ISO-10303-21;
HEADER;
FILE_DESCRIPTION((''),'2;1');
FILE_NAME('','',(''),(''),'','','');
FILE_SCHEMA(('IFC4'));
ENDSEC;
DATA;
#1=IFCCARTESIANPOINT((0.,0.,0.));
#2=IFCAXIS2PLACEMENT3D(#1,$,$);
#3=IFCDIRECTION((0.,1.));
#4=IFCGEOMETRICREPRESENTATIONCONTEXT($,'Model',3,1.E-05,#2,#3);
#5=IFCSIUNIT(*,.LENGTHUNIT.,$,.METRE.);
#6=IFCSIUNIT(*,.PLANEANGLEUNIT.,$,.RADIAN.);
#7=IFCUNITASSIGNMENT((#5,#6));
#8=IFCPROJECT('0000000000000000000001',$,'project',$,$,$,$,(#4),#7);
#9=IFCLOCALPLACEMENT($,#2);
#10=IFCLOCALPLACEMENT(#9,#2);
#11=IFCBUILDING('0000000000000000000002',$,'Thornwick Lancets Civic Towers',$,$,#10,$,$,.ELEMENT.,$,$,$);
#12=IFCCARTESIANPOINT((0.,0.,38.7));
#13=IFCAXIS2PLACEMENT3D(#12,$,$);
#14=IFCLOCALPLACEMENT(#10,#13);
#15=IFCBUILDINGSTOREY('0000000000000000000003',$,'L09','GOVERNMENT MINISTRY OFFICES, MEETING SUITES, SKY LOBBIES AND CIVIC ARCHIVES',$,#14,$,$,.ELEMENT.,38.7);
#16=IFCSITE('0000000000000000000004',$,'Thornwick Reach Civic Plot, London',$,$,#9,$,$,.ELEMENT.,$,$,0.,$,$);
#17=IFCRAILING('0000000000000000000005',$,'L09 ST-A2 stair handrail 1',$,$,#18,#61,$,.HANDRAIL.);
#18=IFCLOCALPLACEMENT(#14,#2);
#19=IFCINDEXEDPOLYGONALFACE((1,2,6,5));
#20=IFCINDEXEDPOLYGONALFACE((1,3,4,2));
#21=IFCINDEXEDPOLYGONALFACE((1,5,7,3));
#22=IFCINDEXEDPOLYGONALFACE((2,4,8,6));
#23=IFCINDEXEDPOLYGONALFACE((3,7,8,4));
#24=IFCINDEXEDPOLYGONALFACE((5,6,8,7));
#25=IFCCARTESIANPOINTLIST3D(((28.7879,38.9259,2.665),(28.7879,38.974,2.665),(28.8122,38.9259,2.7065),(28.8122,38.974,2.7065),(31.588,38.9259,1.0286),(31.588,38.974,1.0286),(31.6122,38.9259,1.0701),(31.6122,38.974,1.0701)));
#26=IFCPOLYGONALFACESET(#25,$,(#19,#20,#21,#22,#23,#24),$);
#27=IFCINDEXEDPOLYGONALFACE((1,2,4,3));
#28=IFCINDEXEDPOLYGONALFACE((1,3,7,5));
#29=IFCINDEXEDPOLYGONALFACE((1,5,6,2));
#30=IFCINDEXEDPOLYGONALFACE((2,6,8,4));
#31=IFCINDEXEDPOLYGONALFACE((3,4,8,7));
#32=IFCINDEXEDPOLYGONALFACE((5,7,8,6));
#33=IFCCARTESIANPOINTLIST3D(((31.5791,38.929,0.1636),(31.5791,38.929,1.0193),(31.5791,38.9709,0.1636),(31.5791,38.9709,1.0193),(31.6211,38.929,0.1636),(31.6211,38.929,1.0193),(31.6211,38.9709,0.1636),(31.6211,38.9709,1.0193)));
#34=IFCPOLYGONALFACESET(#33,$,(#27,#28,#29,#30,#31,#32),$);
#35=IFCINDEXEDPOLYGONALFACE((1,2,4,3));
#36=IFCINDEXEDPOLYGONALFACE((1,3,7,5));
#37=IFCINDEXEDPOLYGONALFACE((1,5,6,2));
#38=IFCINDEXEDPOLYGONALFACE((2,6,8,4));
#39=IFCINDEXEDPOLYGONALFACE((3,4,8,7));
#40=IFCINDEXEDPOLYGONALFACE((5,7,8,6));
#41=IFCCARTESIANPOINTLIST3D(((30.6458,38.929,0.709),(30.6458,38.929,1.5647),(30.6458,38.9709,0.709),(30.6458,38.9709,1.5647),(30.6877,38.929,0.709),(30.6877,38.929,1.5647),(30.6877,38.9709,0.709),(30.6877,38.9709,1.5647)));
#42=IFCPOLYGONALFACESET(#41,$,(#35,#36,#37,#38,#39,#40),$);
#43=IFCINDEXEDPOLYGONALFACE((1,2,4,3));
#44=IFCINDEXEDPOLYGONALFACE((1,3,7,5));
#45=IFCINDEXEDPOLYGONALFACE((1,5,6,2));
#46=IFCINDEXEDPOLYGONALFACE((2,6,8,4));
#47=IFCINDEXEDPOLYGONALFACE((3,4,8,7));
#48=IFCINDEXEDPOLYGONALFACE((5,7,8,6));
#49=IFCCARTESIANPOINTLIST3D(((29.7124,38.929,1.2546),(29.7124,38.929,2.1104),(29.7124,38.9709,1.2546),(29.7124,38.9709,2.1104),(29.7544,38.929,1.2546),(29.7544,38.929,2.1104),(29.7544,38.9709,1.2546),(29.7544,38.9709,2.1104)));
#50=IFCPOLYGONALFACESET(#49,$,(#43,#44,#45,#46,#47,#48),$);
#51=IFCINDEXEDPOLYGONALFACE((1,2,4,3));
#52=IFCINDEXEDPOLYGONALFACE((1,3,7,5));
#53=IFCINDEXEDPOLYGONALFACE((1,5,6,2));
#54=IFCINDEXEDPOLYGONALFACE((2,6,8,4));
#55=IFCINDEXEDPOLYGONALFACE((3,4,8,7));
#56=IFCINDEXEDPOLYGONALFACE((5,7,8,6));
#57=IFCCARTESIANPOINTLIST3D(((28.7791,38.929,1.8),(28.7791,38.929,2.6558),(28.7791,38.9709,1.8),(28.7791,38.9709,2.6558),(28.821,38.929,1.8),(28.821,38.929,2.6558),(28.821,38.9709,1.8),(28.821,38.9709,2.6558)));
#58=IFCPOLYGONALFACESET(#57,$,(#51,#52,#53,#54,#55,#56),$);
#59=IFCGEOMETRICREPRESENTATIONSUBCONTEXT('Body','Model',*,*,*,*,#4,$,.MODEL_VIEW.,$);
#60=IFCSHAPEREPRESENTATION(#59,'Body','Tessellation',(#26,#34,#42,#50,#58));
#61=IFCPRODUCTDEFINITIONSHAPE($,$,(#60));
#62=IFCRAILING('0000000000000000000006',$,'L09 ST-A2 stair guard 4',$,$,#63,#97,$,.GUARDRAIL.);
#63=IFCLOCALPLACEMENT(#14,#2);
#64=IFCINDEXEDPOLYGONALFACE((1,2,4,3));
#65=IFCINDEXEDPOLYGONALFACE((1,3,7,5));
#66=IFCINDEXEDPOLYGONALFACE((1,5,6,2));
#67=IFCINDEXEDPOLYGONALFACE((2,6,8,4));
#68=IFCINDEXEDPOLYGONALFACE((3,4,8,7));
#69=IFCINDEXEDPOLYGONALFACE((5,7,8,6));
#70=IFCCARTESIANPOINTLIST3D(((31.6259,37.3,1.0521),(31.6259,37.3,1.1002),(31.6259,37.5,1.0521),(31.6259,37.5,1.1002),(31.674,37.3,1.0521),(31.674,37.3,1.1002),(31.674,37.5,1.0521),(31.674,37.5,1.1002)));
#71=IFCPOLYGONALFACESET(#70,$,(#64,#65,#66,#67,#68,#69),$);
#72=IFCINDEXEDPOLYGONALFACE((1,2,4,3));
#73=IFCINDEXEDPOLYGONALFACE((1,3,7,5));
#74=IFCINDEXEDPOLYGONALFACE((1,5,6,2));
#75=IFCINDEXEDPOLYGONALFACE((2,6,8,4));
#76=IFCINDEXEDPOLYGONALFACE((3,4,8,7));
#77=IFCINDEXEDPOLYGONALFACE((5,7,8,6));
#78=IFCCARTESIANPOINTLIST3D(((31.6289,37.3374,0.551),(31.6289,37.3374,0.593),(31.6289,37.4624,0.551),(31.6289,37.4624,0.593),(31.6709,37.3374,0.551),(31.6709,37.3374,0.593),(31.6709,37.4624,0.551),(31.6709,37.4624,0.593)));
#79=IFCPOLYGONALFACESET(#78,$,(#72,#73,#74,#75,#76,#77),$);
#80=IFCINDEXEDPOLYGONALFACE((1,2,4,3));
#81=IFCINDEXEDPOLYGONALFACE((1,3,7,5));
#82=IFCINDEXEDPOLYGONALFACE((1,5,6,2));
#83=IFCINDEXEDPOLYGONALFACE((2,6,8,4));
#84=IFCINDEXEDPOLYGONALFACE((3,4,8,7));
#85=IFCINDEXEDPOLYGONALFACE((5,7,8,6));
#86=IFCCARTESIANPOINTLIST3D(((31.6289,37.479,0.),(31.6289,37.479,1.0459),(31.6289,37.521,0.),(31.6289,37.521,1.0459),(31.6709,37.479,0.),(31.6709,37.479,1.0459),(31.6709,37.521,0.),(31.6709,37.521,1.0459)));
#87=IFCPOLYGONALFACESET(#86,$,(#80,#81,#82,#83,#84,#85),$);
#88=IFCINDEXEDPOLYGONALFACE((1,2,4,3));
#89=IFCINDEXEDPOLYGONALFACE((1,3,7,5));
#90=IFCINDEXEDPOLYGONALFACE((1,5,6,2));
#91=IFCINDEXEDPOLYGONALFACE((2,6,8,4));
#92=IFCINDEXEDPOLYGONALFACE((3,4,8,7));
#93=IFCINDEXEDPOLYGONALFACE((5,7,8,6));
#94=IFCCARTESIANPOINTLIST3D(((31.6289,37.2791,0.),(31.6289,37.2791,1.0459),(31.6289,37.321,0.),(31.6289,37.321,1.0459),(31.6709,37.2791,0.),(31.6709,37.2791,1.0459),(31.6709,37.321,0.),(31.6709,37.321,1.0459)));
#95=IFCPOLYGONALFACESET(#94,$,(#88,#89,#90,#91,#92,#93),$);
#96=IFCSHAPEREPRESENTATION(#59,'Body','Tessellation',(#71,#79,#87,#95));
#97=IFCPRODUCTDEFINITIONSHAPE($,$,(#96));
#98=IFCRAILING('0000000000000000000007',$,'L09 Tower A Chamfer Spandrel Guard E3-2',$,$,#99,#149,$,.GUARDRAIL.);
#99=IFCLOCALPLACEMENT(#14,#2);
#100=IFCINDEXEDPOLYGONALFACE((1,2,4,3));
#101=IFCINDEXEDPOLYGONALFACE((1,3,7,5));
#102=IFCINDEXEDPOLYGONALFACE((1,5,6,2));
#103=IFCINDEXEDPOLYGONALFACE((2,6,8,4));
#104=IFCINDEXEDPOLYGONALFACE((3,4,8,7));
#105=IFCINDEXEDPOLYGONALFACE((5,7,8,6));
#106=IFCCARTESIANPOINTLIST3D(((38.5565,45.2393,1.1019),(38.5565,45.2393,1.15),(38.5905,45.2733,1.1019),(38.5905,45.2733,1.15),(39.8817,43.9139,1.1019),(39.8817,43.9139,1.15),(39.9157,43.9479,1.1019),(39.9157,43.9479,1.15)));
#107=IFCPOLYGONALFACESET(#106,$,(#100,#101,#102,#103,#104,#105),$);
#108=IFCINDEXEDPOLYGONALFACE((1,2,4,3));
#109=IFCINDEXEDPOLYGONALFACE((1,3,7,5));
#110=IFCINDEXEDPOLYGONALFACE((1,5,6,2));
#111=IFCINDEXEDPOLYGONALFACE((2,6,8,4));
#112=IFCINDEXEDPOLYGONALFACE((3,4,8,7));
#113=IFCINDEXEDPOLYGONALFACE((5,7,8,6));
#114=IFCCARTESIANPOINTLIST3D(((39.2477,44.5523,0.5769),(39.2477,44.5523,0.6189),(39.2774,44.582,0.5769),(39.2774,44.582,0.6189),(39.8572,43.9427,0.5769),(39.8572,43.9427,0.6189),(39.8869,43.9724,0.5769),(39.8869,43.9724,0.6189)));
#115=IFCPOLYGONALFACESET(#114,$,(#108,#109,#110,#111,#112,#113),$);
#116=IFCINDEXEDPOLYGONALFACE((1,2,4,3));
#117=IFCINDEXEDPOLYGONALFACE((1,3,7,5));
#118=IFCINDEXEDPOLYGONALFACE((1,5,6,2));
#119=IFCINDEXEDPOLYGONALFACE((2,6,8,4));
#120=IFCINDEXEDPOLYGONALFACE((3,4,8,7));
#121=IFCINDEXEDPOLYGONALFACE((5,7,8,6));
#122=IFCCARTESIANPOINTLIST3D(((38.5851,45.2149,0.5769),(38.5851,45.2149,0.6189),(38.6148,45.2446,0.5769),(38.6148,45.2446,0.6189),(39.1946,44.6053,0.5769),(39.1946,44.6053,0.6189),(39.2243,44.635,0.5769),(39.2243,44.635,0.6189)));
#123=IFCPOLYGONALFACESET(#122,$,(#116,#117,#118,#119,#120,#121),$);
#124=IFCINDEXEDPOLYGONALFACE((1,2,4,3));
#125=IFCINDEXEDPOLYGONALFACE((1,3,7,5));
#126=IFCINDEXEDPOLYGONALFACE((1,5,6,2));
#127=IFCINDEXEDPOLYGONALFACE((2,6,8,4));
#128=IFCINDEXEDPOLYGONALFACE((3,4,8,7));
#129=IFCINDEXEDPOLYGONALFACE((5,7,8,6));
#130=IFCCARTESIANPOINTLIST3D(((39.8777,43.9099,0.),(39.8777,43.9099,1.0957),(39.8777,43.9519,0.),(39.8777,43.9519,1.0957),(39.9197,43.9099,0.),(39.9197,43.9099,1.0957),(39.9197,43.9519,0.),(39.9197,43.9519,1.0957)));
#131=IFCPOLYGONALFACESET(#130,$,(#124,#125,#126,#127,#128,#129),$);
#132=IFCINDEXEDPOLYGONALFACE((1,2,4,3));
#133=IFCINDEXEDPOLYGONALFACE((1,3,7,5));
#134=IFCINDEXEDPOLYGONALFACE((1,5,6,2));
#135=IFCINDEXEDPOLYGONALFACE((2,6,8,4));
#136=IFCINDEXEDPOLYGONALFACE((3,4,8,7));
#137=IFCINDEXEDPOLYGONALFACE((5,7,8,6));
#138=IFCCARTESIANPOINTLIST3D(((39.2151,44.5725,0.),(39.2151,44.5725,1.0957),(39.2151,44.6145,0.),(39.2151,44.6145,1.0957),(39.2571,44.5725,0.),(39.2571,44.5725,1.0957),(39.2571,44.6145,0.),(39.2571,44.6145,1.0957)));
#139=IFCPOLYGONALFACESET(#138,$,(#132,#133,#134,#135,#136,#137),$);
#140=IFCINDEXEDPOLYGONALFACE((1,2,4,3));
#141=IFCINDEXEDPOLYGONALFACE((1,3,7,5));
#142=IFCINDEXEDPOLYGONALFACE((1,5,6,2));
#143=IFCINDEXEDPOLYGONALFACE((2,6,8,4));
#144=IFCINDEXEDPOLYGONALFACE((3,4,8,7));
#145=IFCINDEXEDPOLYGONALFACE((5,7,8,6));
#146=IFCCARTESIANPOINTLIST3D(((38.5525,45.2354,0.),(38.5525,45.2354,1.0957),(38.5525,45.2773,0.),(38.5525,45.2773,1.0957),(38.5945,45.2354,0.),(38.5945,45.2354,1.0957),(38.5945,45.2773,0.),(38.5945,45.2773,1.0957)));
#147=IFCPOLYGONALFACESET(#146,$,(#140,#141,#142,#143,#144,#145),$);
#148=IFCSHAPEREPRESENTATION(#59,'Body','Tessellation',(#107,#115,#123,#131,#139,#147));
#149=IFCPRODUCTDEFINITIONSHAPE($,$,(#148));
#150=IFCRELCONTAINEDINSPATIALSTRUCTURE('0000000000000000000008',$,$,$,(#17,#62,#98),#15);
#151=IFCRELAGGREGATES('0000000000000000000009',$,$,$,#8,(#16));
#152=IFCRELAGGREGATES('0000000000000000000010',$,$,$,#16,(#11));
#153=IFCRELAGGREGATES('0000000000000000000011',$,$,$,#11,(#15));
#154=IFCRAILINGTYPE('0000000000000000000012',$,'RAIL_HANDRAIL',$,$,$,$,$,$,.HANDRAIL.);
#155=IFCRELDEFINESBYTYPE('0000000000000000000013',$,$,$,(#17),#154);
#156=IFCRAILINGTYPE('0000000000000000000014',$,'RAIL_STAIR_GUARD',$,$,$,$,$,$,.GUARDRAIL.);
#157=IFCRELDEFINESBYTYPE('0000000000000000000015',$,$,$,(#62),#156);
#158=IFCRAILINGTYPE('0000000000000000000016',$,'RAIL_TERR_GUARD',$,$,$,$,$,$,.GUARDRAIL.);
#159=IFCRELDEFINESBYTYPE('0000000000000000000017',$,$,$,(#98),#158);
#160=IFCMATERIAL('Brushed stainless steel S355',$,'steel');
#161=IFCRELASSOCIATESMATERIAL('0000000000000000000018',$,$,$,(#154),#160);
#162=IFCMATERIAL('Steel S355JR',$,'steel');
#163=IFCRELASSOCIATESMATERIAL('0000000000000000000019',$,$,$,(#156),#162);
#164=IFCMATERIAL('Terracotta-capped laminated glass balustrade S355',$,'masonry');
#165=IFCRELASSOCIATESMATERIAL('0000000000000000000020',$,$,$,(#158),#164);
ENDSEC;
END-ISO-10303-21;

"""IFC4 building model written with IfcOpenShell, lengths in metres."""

from ifc_helpers import new_model, si_unit, direction, frame, origin, origin_2d, place, context, subcontext, project, spatial, rectangle, extrude, material, type_object, element, save


model = new_model("IFC4")

# Units and contexts
model_context = context("Model", 3, precision=1e-05, world=origin(), true_north=direction((0.0, 1.0)))
body_context = subcontext(model_context, "Body", "Model", "MODEL_VIEW")
ifc_project = project(units=[si_unit("LENGTHUNIT", "METRE"), si_unit("PLANEANGLEUNIT", "RADIAN")], contexts=[model_context])

# Site, building, storey
site_placement = place(None, origin())
site = spatial("IfcSite", under=ifc_project, at=site_placement, Name="Thornwick Reach Civic Plot, London", CompositionType="ELEMENT", RefElevation=0.0)
building_placement = place(site_placement, origin())
building = spatial("IfcBuilding", under=site, at=building_placement, Name="Thornwick Lancets Civic Towers", CompositionType="ELEMENT")
storey_placement = place(building_placement, frame((0.0, 0.0, 38.7)))
storey = spatial("IfcBuildingStorey", under=building, at=storey_placement, Name="L09", Description="GOVERNMENT MINISTRY OFFICES, MEETING SUITES, SKY LOBBIES AND CIVIC ARCHIVES", CompositionType="ELEMENT", Elevation=38.7)

# Shared definitions
ifc_material_1 = material(Name="Steel S355JR", Category="steel")

# Railings
ifc_material_2 = material(Name="Brushed stainless steel S355", Category="steel")
railing_type_1 = type_object("IfcRailingType", Name="RAIL_HANDRAIL", PredefinedType="HANDRAIL", material=ifc_material_2)
railing_1_placement = place(storey_placement, frame((31.6001, 38.95, 0.1636)))
element("IfcRailing", 1, at=railing_1_placement, inside=storey, type_object=railing_type_1, Name="L09 ST-A2 stair handrail 1", PredefinedType="HANDRAIL", context=body_context, shape_type="SweptSolid", body=[
    extrude(rectangle(XDim=0.0481, YDim=0.0481, at=origin_2d()), frame((0.0, 0.0, 0.8857), z_axis=(-0.863361, 0.0, 0.504587), x_axis=(0.0, -1.0, 0.0)), (0.0, 0.0, 1.0), 3.2432),
    extrude(rectangle(XDim=0.042, YDim=0.042, at=origin_2d()), origin(), (0.0, 0.0, 1.0), 0.8557),
    extrude(rectangle(XDim=0.042, YDim=0.042, at=origin_2d()), frame((-0.9333, 0.0, 0.5454)), (0.0, 0.0, 1.0), 0.8557),
    extrude(rectangle(XDim=0.042, YDim=0.042, at=origin_2d()), frame((-1.8667, 0.0, 1.0911)), (0.0, 0.0, 1.0), 0.8557),
    extrude(rectangle(XDim=0.042, YDim=0.042, at=origin_2d()), frame((-2.8, 0.0, 1.6365)), (0.0, 0.0, 1.0), 0.8557),
])
railing_type_2 = type_object("IfcRailingType", Name="RAIL_STAIR_GUARD", PredefinedType="GUARDRAIL", material=ifc_material_1)
railing_2_placement = place(storey_placement, frame((31.6499, 37.5, 0.0)))
element("IfcRailing", 2, at=railing_2_placement, inside=storey, type_object=railing_type_2, Name="L09 ST-A2 stair guard 4", PredefinedType="GUARDRAIL", context=body_context, shape_type="SweptSolid", body=[
    extrude(rectangle(XDim=0.0481, YDim=0.0481, at=origin_2d()), frame((0.0, 0.0, 1.0762), z_axis=(0.0, -1.0, 0.0), x_axis=(1.0, 0.0, 0.0)), (0.0, 0.0, 1.0), 0.2),
    extrude(rectangle(XDim=0.042, YDim=0.042, at=origin_2d()), frame((0.0, -0.0376, 0.572), z_axis=(0.0, -1.0, 0.0), x_axis=(1.0, 0.0, 0.0)), (0.0, 0.0, 1.0), 0.125),
    extrude(rectangle(XDim=0.042, YDim=0.042, at=origin_2d()), origin(), (0.0, 0.0, 1.0), 1.0459),
    extrude(rectangle(XDim=0.042, YDim=0.042, at=origin_2d()), frame((0.0, -0.2, 0.0)), (0.0, 0.0, 1.0), 1.0459),
])
ifc_material_3 = material(Name="Terracotta-capped laminated glass balustrade S355", Category="masonry")
railing_type_3 = type_object("IfcRailingType", Name="RAIL_TERR_GUARD", PredefinedType="GUARDRAIL", material=ifc_material_3)
railing_3_placement = place(storey_placement, frame((39.8987, 43.9309, 0.0)))
element("IfcRailing", 3, at=railing_3_placement, inside=storey, type_object=railing_type_3, Name="L09 Tower A Chamfer Spandrel Guard E3-2", PredefinedType="GUARDRAIL", context=body_context, shape_type="SweptSolid", body=[
    extrude(rectangle(XDim=0.0481, YDim=0.0481, at=origin_2d()), frame((0.0, 0.0, 1.126), z_axis=(-0.707042, 0.707172, 0.0), x_axis=(-0.707172, -0.707042, 0.0)), (0.0, 0.0, 1.0), 1.8743),
    extrude(rectangle(XDim=0.042, YDim=0.042, at=origin_2d()), frame((-0.0266, 0.0266, 0.5979), z_axis=(-0.707042, 0.707172, 0.0), x_axis=(-0.707172, -0.707042, 0.0)), (0.0, 0.0, 1.0), 0.8621),
    extrude(rectangle(XDim=0.042, YDim=0.042, at=origin_2d()), frame((-0.6892, 0.6892, 0.5979), z_axis=(-0.707042, 0.707172, 0.0), x_axis=(-0.707172, -0.707042, 0.0)), (0.0, 0.0, 1.0), 0.8621),
    extrude(rectangle(XDim=0.042, YDim=0.042, at=origin_2d()), origin(), (0.0, 0.0, 1.0), 1.0957),
    extrude(rectangle(XDim=0.042, YDim=0.042, at=origin_2d()), frame((-0.6626, 0.6626, 0.0)), (0.0, 0.0, 1.0), 1.0957),
    extrude(rectangle(XDim=0.042, YDim=0.042, at=origin_2d()), frame((-1.3252, 1.3254, 0.0)), (0.0, 0.0, 1.0), 1.0957),
])

save(model, "model.ifc")
